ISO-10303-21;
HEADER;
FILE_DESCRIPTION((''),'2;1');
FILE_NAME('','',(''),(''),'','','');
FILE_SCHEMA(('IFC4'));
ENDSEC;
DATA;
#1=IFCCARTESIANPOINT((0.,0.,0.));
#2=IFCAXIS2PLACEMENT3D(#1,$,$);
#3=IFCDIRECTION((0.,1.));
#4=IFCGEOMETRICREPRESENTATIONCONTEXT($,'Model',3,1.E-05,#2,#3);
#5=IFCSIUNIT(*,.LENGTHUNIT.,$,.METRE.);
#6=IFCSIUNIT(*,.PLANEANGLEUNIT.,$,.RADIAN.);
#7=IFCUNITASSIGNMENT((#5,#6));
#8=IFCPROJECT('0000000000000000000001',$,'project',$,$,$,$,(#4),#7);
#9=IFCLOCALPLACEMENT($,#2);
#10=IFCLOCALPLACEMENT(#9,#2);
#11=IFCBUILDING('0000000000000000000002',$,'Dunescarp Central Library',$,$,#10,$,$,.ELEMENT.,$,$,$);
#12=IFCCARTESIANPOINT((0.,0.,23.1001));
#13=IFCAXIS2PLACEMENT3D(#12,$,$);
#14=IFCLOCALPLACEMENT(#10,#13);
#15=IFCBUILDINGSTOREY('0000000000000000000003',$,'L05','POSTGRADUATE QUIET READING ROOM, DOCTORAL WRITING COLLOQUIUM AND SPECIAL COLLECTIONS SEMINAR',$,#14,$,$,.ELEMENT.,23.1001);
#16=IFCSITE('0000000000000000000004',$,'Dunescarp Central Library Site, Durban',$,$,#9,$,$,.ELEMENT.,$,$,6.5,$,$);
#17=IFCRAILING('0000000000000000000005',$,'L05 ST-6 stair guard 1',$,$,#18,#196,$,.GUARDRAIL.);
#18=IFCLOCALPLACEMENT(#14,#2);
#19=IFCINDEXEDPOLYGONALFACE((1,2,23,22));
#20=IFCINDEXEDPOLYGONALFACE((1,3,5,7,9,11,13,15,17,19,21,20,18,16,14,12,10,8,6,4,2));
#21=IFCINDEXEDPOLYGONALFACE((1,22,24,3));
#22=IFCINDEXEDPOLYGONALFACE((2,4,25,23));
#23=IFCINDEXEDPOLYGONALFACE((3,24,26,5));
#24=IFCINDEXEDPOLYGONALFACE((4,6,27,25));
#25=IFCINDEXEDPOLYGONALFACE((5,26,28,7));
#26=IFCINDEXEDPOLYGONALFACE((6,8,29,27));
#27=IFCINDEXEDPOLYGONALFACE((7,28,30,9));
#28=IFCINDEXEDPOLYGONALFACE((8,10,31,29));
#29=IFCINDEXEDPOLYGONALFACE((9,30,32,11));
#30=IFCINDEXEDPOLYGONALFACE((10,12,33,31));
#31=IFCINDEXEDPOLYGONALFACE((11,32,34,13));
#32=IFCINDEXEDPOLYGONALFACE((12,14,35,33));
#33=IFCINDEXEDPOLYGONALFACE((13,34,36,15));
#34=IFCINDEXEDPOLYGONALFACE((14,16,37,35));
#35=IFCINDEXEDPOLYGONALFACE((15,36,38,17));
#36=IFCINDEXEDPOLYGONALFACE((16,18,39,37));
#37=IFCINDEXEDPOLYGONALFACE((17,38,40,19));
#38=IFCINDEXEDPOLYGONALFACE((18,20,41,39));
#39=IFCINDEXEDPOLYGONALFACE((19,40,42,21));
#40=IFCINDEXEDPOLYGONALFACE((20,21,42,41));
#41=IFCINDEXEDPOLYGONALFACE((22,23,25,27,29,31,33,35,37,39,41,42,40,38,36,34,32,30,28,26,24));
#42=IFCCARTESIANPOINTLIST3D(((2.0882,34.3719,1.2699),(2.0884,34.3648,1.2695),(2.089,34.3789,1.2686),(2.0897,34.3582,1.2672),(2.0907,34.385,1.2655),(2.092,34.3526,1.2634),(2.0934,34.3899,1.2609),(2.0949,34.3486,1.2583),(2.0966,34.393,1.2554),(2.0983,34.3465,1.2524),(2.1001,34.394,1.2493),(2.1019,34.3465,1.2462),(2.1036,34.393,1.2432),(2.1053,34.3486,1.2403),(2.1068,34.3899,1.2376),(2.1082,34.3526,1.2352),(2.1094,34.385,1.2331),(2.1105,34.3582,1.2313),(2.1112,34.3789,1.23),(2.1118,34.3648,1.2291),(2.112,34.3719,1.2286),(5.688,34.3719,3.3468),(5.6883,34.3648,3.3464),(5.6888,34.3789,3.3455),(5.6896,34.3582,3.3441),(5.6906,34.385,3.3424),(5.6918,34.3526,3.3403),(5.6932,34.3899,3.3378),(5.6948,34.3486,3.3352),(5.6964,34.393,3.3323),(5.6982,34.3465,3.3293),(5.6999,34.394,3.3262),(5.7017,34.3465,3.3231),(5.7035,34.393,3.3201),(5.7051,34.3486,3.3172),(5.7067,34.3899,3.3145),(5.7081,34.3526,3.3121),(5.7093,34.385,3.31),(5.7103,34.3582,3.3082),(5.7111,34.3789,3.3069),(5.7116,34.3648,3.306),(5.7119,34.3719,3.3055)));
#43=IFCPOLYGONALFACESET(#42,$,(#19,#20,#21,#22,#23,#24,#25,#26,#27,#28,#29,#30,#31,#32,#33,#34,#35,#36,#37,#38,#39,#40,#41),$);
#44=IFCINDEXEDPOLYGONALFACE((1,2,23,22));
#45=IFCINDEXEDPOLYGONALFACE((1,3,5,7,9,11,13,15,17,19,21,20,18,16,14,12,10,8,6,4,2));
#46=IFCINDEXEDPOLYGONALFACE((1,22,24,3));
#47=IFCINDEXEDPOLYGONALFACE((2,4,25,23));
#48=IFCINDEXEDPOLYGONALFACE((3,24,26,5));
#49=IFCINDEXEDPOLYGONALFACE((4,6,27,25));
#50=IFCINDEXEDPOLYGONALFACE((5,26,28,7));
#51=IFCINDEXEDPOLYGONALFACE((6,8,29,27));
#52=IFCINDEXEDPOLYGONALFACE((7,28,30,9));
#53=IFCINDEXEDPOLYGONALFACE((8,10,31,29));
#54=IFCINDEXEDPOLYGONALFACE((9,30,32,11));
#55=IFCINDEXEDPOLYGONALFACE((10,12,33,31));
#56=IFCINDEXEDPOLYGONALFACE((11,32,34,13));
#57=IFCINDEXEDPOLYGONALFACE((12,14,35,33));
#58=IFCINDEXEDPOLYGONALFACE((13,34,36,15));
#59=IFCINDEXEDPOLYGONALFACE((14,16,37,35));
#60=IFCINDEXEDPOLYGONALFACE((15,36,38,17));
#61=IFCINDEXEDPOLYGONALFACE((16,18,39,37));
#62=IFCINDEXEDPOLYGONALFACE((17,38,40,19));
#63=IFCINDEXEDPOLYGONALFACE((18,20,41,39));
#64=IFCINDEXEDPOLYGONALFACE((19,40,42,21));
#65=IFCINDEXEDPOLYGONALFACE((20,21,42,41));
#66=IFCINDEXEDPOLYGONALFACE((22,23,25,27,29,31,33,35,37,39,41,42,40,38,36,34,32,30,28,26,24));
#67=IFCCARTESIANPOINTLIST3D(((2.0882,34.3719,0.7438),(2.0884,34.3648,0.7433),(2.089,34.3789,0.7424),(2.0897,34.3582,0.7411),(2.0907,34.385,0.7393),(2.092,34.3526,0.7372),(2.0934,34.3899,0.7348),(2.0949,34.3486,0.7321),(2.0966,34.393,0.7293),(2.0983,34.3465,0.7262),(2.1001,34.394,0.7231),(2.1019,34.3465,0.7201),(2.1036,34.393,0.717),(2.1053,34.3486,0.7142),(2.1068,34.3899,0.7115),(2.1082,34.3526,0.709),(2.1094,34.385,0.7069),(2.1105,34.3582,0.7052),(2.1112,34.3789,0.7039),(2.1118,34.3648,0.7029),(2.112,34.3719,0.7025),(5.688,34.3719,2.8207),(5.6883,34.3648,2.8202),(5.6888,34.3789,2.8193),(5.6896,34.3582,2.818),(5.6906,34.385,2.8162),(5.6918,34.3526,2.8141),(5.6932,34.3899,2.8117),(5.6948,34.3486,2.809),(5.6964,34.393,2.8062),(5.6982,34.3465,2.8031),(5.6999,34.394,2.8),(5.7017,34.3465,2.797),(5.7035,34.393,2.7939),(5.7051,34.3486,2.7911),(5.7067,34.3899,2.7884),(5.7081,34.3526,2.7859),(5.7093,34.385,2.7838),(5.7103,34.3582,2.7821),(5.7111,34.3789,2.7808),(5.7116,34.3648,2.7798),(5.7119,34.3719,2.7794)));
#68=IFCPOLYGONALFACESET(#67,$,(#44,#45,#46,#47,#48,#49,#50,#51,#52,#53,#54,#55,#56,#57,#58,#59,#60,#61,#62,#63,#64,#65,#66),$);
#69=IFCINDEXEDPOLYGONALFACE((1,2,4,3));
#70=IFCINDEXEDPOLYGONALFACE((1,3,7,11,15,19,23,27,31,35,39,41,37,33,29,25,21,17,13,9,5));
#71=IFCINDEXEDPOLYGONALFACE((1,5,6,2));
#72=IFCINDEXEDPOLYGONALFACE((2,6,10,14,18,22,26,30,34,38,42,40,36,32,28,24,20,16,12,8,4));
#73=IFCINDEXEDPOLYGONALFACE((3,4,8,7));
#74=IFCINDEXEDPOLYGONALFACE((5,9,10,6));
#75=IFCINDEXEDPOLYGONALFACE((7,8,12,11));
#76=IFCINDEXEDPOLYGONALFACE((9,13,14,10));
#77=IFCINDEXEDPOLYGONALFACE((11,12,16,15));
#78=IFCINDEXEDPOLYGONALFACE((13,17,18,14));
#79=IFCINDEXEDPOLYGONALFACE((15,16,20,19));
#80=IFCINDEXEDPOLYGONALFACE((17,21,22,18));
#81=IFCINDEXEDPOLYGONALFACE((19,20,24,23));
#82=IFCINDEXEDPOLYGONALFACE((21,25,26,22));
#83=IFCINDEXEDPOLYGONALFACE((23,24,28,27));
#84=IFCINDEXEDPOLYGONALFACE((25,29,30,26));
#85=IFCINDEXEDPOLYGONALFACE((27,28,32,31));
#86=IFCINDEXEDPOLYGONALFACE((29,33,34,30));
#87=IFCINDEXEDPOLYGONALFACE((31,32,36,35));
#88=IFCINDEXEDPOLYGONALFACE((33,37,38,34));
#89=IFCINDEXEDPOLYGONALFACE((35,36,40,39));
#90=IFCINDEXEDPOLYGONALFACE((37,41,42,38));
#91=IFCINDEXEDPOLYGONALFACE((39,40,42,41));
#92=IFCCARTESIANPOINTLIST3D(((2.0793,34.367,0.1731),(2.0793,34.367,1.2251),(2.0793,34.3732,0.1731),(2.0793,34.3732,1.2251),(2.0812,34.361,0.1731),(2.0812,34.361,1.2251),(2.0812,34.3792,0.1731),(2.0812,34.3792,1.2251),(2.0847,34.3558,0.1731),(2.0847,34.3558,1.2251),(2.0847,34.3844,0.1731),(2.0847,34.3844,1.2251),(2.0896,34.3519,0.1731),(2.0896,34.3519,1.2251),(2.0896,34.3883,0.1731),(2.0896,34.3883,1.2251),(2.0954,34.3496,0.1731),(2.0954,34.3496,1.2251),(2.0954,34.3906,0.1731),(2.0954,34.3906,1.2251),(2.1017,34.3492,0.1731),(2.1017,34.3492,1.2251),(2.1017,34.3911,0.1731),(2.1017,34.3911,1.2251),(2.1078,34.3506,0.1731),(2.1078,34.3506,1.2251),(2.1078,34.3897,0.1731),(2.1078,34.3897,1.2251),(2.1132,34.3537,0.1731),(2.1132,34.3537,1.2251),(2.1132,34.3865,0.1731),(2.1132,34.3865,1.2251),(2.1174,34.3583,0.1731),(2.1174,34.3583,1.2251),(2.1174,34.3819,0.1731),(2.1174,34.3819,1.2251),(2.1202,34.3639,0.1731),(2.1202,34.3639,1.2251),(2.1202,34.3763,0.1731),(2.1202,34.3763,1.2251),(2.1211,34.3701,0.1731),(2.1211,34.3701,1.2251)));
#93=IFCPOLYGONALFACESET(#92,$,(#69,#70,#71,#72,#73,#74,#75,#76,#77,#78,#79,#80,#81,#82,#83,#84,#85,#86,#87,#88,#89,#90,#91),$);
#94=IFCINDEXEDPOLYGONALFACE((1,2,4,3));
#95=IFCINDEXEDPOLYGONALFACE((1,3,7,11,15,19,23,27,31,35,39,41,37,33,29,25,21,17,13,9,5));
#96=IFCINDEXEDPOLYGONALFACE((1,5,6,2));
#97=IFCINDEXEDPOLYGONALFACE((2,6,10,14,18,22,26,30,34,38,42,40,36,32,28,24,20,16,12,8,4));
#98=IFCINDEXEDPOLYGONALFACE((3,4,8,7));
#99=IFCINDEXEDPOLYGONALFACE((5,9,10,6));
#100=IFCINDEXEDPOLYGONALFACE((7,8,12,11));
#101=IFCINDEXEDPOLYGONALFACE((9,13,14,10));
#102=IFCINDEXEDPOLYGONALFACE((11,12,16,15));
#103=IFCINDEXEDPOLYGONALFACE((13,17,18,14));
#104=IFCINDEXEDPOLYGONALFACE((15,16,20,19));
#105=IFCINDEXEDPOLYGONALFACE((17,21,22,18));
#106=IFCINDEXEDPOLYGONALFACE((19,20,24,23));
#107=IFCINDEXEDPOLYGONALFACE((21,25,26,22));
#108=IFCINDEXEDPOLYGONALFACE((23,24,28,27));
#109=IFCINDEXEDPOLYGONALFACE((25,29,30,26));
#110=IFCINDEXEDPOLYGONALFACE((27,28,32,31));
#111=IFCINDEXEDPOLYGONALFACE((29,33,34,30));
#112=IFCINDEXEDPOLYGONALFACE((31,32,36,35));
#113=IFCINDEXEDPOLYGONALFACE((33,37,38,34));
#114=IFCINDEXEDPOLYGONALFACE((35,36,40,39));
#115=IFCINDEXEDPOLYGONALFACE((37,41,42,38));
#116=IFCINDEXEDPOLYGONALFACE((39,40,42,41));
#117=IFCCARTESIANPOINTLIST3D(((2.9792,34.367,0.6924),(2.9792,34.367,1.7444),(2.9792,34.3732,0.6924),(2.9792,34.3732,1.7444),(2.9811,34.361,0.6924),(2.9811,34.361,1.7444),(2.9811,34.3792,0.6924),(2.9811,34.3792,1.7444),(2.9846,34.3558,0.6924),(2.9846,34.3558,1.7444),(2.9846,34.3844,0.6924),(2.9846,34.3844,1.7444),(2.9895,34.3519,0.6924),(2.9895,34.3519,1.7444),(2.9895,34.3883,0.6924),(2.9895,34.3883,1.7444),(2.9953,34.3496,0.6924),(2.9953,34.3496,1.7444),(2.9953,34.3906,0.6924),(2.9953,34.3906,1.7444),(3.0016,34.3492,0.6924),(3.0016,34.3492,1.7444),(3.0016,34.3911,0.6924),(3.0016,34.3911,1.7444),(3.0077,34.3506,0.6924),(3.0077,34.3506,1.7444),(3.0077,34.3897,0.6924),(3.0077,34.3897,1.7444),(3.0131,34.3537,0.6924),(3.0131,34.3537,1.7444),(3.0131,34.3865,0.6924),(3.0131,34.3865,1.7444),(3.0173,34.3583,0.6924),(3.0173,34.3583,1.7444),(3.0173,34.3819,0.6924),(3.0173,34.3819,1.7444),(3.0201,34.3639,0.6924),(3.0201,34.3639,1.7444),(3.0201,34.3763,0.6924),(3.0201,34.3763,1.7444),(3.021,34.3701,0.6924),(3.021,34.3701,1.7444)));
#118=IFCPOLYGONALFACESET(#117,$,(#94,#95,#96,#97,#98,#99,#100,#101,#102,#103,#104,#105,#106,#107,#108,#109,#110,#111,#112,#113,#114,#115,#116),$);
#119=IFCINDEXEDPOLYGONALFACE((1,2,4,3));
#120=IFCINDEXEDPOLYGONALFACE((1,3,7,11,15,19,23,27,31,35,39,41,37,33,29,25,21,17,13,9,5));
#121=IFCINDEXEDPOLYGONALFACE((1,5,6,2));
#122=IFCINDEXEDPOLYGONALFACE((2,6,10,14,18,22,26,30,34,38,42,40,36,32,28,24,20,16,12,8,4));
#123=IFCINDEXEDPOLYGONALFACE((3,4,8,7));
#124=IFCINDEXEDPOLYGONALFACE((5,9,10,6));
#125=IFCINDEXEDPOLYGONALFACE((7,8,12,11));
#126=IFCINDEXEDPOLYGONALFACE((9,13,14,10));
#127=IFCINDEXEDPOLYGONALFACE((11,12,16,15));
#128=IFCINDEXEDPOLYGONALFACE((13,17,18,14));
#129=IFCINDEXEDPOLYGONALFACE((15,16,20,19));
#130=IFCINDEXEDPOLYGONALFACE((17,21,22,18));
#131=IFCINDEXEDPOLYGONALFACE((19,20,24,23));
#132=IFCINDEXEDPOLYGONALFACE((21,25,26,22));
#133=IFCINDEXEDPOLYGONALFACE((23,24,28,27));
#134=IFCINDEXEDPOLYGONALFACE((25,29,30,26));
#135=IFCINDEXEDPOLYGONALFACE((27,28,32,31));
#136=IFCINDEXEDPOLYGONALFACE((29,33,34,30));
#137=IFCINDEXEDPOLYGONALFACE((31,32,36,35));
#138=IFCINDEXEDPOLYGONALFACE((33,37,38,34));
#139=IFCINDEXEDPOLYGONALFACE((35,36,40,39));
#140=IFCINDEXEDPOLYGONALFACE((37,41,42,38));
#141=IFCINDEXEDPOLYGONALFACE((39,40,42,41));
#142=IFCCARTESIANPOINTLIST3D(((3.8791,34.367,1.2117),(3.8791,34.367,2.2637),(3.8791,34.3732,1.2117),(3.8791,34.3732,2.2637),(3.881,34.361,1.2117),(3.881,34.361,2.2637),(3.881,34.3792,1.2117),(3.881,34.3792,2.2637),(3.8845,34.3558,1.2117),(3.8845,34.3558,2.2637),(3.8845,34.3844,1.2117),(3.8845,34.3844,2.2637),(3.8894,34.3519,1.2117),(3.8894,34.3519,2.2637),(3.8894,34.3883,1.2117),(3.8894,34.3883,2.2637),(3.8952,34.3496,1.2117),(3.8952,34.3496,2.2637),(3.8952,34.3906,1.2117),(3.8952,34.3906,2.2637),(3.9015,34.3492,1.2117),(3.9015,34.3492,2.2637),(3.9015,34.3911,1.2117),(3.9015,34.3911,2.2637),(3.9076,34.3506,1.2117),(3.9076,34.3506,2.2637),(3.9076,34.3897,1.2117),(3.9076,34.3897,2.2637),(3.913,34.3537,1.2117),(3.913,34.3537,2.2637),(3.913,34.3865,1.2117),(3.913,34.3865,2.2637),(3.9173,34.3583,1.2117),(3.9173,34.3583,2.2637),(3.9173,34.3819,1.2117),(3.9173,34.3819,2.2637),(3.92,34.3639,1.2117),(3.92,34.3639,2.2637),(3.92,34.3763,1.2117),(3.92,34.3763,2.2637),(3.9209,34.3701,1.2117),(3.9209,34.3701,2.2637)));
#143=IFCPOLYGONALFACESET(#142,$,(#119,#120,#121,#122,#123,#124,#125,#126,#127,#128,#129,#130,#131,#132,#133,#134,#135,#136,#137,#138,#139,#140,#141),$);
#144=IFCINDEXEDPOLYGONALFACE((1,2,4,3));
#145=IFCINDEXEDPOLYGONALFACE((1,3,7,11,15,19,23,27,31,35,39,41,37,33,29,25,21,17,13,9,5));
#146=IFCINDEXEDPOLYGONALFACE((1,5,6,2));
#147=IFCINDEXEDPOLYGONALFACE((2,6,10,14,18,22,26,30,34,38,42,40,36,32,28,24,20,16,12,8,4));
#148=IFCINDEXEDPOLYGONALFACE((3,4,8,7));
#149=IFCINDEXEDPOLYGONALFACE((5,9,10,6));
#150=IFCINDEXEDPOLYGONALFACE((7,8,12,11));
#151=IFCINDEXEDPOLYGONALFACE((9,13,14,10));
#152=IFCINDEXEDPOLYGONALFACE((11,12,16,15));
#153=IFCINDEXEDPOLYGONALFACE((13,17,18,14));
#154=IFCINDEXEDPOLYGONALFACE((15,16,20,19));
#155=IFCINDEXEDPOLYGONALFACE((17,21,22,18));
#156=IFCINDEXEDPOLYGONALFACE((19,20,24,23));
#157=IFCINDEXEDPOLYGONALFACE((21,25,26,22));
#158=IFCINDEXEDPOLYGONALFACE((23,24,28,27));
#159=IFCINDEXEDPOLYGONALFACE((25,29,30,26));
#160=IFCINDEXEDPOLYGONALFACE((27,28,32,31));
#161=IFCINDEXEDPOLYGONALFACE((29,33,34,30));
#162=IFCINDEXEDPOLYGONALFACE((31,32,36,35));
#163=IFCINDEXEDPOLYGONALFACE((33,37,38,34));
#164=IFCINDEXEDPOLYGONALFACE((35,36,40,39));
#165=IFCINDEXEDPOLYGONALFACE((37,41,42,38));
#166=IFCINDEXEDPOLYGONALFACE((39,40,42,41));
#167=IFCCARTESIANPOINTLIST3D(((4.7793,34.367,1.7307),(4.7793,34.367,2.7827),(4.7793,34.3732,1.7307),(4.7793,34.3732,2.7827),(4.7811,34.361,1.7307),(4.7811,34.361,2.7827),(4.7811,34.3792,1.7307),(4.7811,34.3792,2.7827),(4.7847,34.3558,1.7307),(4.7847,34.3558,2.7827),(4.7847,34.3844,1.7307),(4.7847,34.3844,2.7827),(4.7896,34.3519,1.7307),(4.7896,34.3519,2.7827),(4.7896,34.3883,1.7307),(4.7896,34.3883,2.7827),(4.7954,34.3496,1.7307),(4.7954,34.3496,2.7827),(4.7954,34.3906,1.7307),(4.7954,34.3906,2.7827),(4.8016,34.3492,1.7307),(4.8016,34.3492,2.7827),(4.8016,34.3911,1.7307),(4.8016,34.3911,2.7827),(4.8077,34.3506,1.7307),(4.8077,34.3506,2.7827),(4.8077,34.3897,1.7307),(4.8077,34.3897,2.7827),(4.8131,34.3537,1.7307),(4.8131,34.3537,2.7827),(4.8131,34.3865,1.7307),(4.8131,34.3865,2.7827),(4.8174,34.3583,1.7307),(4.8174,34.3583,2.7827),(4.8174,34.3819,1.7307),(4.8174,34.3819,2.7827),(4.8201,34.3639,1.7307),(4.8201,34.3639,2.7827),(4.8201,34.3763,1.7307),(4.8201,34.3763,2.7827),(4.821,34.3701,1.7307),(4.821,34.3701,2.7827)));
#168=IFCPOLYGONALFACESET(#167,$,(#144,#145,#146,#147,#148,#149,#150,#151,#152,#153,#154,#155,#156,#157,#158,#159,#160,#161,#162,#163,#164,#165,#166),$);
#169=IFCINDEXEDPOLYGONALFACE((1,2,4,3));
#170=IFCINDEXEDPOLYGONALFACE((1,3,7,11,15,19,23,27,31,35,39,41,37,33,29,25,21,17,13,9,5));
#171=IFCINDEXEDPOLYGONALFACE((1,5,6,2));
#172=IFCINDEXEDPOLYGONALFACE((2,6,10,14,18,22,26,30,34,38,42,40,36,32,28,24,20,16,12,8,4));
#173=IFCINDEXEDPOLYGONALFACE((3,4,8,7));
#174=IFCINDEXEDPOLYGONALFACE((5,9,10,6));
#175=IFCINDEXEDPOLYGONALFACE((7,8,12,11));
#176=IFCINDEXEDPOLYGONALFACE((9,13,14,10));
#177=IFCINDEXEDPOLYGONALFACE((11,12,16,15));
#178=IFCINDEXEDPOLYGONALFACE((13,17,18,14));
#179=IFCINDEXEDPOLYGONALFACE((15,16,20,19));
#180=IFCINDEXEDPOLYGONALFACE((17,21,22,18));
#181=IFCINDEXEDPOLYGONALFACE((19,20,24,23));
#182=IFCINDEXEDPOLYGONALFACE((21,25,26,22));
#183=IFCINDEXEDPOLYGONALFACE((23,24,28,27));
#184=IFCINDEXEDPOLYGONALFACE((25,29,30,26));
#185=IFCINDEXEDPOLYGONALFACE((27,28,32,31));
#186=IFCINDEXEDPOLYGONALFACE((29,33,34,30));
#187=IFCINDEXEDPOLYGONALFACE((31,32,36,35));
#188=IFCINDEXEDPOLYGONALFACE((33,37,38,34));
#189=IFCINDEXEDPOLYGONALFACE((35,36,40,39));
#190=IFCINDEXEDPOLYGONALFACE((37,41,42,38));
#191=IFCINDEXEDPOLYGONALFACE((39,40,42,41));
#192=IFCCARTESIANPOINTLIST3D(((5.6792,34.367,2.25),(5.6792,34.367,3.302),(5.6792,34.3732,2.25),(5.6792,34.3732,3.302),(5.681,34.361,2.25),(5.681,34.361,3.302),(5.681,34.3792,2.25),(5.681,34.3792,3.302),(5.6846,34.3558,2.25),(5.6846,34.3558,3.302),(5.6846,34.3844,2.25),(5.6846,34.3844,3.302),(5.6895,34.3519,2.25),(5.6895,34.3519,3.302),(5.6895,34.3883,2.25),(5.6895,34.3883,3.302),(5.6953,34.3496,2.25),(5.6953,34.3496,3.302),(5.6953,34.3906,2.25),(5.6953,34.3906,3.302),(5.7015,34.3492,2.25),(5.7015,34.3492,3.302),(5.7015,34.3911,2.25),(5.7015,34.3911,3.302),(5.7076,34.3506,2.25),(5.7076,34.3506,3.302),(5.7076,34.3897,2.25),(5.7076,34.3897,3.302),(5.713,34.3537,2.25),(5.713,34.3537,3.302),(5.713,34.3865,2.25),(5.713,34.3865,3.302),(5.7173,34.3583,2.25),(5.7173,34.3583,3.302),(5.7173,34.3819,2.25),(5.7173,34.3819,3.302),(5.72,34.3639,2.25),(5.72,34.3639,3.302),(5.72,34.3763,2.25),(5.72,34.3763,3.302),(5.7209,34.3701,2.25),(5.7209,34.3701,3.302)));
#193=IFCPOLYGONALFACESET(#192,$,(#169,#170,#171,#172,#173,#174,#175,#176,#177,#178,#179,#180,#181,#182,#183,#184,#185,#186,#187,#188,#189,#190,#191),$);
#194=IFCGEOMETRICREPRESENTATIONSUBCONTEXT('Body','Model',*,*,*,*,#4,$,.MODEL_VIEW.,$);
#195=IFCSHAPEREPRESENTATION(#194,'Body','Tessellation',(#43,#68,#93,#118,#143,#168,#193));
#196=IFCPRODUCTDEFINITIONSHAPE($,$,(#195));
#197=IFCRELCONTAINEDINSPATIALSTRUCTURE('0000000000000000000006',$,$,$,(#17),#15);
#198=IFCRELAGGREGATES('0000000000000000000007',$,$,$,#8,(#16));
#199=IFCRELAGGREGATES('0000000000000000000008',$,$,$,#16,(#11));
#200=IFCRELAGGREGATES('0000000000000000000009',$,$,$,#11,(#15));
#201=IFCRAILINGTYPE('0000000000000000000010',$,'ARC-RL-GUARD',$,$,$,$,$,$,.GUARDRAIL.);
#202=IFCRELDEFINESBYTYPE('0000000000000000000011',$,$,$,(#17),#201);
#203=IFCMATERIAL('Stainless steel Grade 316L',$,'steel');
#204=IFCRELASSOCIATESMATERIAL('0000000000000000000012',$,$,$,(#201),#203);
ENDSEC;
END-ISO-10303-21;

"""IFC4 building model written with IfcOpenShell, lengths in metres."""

from ifc_helpers import new_model, si_unit, direction, frame, origin, origin_2d, place, context, subcontext, project, spatial, circle, extrude, material, type_object, element, save


model = new_model("IFC4")

# Units and contexts
model_context = context("Model", 3, precision=1e-05, world=origin(), true_north=direction((0.0, 1.0)))
body_context = subcontext(model_context, "Body", "Model", "MODEL_VIEW")
ifc_project = project(units=[si_unit("LENGTHUNIT", "METRE"), si_unit("PLANEANGLEUNIT", "RADIAN")], contexts=[model_context])

# Site, building, storey
site_placement = place(None, origin())
site = spatial("IfcSite", under=ifc_project, at=site_placement, Name="Dunescarp Central Library Site, Durban", CompositionType="ELEMENT", RefElevation=6.5)
building_placement = place(site_placement, origin())
building = spatial("IfcBuilding", under=site, at=building_placement, Name="Dunescarp Central Library", CompositionType="ELEMENT")
storey_placement = place(building_placement, frame((0.0, 0.0, 23.1001)))
storey = spatial("IfcBuildingStorey", under=building, at=storey_placement, Name="L05", Description="POSTGRADUATE QUIET READING ROOM, DOCTORAL WRITING COLLOQUIUM AND SPECIAL COLLECTIONS SEMINAR", CompositionType="ELEMENT", Elevation=23.1001)

# Railing
ifc_material_1 = material(Name="Stainless steel Grade 316L", Category="steel")
railing_type_1 = type_object("IfcRailingType", Name="ARC-RL-GUARD", PredefinedType="GUARDRAIL", material=ifc_material_1)
railing_1_placement = place(storey_placement, frame((2.1001, 34.3701, 0.1731)))
element("IfcRailing", 1, at=railing_1_placement, inside=storey, type_object=railing_type_1, Name="L05 ST-6 stair guard 1", PredefinedType="GUARDRAIL", context=body_context, shape_type="SweptSolid", body=[
    extrude(circle(Radius=0.0239, at=origin_2d()), frame((0.0, 0.0, 1.0762), z_axis=(0.866179, 0.0, 0.499734), x_axis=(0.0, 1.0, 0.0)), (0.0, 0.0, 1.0), 4.156),
    extrude(circle(Radius=0.0239, at=origin_2d()), frame((0.0, 0.0, 0.55), z_axis=(0.866179, 0.0, 0.499734), x_axis=(0.0, 1.0, 0.0)), (0.0, 0.0, 1.0), 4.156),
    extrude(circle(Radius=0.021, at=origin_2d()), origin(), (0.0, 0.0, 1.0), 1.052),
    extrude(circle(Radius=0.021, at=origin_2d()), frame((0.8999, 0.0, 0.5193)), (0.0, 0.0, 1.0), 1.052),
    extrude(circle(Radius=0.021, at=origin_2d()), frame((1.7998, 0.0, 1.0386)), (0.0, 0.0, 1.0), 1.052),
    extrude(circle(Radius=0.021, at=origin_2d()), frame((2.7, 0.0, 1.5576)), (0.0, 0.0, 1.0), 1.052),
    extrude(circle(Radius=0.021, at=origin_2d()), frame((3.5999, 0.0, 2.0769)), (0.0, 0.0, 1.0), 1.052),
])

save(model, "model.ifc")
